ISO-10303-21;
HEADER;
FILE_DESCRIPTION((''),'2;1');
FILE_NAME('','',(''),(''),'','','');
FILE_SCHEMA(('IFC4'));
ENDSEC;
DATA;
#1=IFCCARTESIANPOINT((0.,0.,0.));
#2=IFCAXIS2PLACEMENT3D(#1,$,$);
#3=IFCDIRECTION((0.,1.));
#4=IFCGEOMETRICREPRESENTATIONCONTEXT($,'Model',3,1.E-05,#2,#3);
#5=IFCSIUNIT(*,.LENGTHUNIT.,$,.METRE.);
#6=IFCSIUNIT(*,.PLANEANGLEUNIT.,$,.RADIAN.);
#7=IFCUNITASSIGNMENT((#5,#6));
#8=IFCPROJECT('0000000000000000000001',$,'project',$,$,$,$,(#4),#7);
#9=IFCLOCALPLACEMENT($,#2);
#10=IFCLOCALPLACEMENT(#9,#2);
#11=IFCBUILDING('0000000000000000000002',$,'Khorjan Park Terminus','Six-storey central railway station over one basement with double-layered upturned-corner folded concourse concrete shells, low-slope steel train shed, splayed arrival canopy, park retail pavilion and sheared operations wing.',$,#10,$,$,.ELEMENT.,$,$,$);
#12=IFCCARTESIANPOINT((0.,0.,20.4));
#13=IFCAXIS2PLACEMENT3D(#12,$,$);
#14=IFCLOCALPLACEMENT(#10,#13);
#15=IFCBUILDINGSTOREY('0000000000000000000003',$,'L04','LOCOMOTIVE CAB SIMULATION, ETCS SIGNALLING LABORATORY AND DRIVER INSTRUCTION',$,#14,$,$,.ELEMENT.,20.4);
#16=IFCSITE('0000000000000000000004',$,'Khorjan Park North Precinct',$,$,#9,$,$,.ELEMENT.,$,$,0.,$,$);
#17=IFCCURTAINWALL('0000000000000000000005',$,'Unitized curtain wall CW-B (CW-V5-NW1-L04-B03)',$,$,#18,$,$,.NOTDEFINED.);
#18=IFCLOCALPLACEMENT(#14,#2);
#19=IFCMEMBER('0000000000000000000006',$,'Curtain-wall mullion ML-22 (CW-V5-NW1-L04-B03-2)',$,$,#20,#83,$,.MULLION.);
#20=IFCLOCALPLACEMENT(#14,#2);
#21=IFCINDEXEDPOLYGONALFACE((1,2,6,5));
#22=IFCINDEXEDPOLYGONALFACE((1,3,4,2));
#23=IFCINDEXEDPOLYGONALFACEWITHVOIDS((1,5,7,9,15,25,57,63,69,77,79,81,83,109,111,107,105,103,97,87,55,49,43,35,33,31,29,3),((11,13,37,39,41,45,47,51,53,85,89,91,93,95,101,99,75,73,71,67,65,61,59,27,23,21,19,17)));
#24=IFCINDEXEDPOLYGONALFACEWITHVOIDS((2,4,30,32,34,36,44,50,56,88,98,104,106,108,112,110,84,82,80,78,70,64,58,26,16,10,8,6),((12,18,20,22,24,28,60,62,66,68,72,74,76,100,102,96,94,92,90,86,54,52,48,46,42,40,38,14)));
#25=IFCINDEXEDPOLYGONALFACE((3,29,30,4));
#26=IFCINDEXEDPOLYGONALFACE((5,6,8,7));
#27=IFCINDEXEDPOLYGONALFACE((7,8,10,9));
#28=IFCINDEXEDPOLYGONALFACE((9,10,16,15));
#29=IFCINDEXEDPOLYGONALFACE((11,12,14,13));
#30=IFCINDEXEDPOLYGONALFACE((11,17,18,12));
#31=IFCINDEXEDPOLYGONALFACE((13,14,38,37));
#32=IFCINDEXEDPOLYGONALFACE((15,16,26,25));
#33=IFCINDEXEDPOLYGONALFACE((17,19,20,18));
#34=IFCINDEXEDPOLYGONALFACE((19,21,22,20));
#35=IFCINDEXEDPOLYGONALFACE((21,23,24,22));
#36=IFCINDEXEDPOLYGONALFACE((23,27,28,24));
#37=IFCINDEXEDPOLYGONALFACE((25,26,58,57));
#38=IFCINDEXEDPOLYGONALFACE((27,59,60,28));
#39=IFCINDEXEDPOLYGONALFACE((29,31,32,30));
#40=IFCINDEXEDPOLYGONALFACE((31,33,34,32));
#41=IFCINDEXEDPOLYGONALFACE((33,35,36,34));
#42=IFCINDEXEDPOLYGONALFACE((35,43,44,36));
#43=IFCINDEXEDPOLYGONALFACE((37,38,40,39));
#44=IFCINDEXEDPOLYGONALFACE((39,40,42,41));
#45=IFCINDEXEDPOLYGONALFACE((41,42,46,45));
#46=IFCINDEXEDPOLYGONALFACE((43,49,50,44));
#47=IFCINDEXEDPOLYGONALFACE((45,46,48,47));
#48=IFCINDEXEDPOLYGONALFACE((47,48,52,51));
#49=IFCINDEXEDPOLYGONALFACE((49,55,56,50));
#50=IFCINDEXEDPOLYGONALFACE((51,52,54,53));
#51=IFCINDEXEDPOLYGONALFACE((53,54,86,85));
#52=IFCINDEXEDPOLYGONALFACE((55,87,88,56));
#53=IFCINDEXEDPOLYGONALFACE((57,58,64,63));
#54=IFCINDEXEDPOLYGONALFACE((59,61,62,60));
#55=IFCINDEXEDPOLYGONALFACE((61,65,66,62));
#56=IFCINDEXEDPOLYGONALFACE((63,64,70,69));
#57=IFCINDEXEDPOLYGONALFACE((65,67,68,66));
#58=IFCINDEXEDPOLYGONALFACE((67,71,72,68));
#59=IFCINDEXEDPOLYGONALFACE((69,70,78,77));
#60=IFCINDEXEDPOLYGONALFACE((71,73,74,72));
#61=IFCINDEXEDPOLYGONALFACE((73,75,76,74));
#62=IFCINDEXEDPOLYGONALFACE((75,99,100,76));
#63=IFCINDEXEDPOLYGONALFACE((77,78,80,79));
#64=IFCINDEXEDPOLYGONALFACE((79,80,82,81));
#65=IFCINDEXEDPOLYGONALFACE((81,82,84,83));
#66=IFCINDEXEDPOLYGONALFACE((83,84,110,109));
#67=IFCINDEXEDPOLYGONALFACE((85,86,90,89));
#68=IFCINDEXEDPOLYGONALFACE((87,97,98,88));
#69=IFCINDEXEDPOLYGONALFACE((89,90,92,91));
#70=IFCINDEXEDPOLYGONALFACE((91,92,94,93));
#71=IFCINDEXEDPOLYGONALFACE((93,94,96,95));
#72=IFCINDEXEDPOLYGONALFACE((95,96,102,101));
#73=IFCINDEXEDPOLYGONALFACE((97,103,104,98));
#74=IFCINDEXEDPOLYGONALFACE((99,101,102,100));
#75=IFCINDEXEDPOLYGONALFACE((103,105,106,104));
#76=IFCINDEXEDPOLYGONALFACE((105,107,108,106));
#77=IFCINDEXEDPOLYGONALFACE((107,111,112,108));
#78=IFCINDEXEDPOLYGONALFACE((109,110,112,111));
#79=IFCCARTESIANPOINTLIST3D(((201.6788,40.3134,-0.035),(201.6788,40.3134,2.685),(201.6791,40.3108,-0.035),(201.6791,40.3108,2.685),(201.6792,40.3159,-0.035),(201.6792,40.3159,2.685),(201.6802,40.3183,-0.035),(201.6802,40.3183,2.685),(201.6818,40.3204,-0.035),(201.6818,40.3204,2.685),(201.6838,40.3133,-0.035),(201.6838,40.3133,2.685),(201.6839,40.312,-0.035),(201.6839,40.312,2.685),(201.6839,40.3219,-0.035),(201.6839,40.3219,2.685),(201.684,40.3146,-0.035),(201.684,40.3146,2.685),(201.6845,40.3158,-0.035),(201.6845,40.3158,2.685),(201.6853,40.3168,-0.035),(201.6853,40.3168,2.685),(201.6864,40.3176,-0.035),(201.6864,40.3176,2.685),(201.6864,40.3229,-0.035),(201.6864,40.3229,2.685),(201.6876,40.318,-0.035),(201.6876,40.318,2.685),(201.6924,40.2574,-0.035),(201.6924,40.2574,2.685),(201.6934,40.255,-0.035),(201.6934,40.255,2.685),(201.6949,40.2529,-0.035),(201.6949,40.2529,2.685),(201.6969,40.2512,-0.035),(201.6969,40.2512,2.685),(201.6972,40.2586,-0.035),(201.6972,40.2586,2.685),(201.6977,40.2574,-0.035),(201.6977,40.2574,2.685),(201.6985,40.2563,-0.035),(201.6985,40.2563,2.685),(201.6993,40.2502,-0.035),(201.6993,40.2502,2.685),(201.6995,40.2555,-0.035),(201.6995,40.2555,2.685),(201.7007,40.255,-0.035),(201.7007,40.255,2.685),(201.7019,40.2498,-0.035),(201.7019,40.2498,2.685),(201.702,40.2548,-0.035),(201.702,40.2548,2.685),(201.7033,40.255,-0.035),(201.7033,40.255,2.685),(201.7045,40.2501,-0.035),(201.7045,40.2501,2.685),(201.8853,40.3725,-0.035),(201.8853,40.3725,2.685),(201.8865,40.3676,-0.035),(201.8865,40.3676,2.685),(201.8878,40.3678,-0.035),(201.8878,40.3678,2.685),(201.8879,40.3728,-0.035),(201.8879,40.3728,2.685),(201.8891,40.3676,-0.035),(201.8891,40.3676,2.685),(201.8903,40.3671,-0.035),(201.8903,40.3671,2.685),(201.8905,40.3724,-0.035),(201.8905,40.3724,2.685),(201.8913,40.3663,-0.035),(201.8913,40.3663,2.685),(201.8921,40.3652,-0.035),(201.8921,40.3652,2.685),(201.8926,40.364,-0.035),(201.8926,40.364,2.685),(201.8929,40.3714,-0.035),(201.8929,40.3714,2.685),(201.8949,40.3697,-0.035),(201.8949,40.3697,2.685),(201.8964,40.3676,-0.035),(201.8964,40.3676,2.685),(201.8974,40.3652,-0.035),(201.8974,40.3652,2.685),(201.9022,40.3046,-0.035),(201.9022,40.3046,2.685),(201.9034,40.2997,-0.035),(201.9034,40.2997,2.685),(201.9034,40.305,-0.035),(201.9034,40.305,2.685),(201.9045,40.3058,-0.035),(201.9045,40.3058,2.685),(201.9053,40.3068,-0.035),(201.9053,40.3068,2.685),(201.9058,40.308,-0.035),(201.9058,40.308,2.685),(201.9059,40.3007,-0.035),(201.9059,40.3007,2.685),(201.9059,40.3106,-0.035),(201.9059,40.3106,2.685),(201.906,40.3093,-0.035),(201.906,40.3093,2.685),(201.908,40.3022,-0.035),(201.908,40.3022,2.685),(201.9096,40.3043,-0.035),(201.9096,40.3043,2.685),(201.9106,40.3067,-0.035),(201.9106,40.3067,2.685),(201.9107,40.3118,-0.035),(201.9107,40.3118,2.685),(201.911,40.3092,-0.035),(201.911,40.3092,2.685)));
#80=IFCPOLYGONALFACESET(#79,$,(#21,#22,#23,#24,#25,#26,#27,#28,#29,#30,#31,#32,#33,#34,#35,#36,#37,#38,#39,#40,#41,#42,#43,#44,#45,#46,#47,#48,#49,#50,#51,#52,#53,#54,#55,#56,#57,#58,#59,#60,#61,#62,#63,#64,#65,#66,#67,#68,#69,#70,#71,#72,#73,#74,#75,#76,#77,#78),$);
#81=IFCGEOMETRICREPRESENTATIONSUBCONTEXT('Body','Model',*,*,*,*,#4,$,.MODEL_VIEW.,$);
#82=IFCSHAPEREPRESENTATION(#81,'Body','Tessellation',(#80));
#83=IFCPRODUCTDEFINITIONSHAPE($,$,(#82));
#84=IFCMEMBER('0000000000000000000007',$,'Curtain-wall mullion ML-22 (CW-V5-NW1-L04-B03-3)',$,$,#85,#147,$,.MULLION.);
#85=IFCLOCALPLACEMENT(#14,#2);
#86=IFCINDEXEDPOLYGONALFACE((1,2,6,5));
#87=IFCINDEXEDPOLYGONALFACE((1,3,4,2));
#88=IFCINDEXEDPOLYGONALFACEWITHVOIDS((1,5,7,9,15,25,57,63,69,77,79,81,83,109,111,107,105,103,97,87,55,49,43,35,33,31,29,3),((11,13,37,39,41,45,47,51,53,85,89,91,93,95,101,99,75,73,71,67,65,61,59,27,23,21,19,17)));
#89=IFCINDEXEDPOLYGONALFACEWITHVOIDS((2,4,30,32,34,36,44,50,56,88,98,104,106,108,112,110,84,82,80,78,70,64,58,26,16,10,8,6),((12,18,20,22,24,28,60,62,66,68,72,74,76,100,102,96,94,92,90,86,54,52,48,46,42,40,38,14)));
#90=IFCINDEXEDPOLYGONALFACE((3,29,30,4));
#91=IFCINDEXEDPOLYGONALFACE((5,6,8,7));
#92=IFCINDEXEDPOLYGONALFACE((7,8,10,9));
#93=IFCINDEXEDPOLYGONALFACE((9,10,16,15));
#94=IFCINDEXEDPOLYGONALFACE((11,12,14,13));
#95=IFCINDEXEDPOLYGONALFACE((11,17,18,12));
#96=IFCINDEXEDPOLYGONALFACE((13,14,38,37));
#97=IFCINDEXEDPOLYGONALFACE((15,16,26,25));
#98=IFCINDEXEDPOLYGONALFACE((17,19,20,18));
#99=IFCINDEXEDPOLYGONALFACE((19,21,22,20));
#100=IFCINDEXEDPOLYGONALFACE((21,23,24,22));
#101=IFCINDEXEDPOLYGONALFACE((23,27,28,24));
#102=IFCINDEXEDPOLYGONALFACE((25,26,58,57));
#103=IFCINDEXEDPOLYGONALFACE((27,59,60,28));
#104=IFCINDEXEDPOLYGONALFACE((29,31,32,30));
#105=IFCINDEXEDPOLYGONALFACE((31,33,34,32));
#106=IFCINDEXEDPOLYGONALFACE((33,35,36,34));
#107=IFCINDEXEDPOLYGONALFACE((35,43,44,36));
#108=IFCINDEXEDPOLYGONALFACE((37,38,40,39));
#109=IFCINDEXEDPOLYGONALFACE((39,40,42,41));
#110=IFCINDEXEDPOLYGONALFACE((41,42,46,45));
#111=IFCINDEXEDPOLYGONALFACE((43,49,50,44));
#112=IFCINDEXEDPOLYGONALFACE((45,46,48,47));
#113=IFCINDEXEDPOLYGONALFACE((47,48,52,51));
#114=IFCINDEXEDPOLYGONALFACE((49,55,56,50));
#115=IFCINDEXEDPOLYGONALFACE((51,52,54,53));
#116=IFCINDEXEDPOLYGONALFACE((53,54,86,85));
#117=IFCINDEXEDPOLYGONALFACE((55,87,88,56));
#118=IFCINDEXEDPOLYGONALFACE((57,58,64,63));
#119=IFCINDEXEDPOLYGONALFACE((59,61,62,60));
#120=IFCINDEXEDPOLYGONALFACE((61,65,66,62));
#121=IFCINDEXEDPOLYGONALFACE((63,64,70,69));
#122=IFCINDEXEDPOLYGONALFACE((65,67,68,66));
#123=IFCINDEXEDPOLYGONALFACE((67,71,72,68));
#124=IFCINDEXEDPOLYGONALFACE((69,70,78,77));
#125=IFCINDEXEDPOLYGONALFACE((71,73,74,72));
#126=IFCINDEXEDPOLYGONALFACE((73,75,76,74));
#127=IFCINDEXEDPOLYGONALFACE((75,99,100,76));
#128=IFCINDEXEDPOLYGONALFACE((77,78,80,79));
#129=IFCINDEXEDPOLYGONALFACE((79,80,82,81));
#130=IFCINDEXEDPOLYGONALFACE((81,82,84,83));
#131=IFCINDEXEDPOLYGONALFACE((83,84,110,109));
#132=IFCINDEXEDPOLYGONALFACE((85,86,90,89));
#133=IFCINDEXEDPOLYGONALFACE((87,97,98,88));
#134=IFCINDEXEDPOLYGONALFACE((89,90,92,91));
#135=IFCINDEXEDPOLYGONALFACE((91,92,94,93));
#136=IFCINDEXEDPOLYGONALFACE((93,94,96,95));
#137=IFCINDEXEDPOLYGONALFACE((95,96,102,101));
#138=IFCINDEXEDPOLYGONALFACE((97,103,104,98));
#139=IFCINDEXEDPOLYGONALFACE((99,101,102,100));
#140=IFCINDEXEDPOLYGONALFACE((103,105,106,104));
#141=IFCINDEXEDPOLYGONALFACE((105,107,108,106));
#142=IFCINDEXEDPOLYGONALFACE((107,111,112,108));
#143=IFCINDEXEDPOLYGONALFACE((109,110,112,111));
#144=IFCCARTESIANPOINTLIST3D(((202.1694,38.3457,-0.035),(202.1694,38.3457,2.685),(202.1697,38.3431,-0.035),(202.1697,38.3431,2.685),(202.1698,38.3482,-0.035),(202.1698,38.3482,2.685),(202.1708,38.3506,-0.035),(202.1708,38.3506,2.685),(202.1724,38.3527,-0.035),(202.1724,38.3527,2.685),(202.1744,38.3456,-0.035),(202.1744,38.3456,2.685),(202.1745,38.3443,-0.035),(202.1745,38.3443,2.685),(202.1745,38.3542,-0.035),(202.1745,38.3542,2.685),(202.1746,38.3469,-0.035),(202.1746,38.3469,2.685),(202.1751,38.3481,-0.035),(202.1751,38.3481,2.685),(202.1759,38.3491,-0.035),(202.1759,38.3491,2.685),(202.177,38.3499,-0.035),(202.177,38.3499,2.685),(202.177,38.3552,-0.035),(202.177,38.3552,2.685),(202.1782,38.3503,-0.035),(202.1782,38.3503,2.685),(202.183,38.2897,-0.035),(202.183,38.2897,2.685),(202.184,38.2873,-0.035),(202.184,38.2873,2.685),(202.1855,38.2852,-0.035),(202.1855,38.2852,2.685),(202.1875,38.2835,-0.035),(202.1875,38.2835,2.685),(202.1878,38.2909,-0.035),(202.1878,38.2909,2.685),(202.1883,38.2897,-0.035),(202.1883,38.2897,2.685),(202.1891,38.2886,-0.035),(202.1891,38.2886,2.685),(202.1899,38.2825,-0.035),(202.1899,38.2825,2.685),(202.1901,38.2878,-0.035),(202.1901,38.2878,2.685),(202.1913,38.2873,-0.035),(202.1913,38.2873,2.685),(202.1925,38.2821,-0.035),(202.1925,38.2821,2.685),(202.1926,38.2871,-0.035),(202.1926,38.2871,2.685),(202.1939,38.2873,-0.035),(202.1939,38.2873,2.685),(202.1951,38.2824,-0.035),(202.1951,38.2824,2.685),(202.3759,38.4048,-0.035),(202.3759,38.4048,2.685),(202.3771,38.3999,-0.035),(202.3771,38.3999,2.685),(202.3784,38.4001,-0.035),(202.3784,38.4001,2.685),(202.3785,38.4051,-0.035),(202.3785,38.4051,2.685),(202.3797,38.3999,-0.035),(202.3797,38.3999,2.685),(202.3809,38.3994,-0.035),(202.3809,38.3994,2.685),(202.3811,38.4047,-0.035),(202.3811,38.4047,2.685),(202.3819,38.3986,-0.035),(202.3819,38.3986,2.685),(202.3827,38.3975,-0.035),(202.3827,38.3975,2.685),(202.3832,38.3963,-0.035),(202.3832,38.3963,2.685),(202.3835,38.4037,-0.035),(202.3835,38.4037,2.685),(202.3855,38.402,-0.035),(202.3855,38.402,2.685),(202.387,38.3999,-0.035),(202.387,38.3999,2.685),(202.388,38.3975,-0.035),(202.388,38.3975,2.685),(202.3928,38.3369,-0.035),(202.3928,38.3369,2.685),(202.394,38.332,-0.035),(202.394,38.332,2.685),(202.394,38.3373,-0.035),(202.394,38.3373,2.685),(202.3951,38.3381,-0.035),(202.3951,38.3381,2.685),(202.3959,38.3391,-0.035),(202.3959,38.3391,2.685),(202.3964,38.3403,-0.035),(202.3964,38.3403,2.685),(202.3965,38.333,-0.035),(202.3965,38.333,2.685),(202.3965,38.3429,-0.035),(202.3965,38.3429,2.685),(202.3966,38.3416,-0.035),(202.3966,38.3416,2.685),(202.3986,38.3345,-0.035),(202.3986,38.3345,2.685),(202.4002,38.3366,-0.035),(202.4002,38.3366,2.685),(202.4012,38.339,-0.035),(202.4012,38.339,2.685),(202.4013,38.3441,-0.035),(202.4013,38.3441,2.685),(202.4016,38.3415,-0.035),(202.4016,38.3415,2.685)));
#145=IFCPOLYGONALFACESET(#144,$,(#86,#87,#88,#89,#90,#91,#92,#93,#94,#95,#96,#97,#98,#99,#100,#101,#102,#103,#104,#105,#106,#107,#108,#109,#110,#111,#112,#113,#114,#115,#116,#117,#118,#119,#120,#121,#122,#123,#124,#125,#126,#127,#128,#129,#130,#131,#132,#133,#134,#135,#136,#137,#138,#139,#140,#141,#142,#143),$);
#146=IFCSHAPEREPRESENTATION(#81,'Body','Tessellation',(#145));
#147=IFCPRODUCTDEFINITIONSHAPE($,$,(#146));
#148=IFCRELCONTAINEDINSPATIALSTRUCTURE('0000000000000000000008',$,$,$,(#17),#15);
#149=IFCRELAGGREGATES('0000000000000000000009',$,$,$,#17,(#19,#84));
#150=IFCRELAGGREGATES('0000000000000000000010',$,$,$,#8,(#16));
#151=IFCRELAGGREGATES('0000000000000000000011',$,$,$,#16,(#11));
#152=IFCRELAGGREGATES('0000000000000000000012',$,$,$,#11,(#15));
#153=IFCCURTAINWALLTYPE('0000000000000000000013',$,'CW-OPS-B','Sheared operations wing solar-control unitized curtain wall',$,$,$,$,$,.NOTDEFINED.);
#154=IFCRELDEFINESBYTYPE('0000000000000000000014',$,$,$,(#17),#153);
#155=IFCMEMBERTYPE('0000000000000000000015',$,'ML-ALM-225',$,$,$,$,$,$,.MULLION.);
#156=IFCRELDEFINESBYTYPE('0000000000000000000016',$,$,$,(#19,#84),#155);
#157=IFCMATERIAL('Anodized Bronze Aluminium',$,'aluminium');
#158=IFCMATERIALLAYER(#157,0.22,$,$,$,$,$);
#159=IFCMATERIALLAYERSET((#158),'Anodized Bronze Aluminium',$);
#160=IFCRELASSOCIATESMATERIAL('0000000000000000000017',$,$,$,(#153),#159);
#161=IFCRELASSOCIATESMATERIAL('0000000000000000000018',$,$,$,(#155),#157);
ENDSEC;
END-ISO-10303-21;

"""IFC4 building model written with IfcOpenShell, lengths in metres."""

from ifc_helpers import new_model, si_unit, direction, frame, origin, origin_2d, place, context, subcontext, project, spatial, hollow_rectangle, extrude, material, layer, layer_set, material_profile, profile_set, type_object, element, aggregate, save


model = new_model("IFC4")

# Units and contexts
model_context = context("Model", 3, precision=1e-05, world=origin(), true_north=direction((0.0, 1.0)))
body_context = subcontext(model_context, "Body", "Model", "MODEL_VIEW")
ifc_project = project(units=[si_unit("LENGTHUNIT", "METRE"), si_unit("PLANEANGLEUNIT", "RADIAN")], contexts=[model_context])

# Site, building, storey
site_placement = place(None, origin())
site = spatial("IfcSite", under=ifc_project, at=site_placement, Name="Khorjan Park North Precinct", CompositionType="ELEMENT", RefElevation=0.0)
building_placement = place(site_placement, origin())
building = spatial("IfcBuilding", under=site, at=building_placement, Name="Khorjan Park Terminus", Description="Six-storey central railway station over one basement with double-layered upturned-corner folded concourse concrete shells, low-slope steel train shed, splayed arrival canopy, park retail pavilion and sheared operations wing.", CompositionType="ELEMENT")
storey_placement = place(building_placement, frame((0.0, 0.0, 20.4)))
storey = spatial("IfcBuildingStorey", under=building, at=storey_placement, Name="L04", Description="LOCOMOTIVE CAB SIMULATION, ETCS SIGNALLING LABORATORY AND DRIVER INSTRUCTION", CompositionType="ELEMENT", Elevation=20.4)

# Curtain wall, members
ifc_material_1 = material(Name="Anodized Bronze Aluminium", Category="aluminium")
ifc_layer_1 = layer(ifc_material_1, 0.22)
ifc_layer_set_1 = layer_set([ifc_layer_1], Name="Anodized Bronze Aluminium")
curtain_wall_type = type_object("IfcCurtainWallType", Name="CW-OPS-B", Description="Sheared operations wing solar-control unitized curtain wall", PredefinedType="NOTDEFINED", material=ifc_layer_set_1)
curtain_wall_1_placement = place(storey_placement, origin())
curtain_wall_1 = element("IfcCurtainWall", 1, at=curtain_wall_1_placement, inside=storey, type_object=curtain_wall_type, Name="Unitized curtain wall CW-B (CW-V5-NW1-L04-B03)", PredefinedType="NOTDEFINED")
ifc_material_profile_1 = material_profile(ifc_material_1, hollow_rectangle(XDim=0.075, YDim=0.225, WallThickness=0.005, InnerFilletRadius=0.005, OuterFilletRadius=0.01, at=origin_2d()), Name="ALM 75x225x5")
ifc_profile_set_1 = profile_set([ifc_material_profile_1], Name="Anodized Bronze Aluminium")
member_type_1 = type_object("IfcMemberType", Name="ML-ALM-225", PredefinedType="MULLION", material=ifc_profile_set_1)
member_1_placement = place(storey_placement, frame((201.7949, 40.3113, -0.035), z_axis=(0.0, 0.0, 1.0), x_axis=(0.241921, -0.970296, 0.0)))
member_1 = element("IfcMember", 2, at=member_1_placement, type_object=member_type_1, Name="Curtain-wall mullion ML-22 (CW-V5-NW1-L04-B03-2)", PredefinedType="MULLION", context=body_context, shape_type="SweptSolid", body=[
    extrude(hollow_rectangle(XDim=0.075, YDim=0.225, WallThickness=0.005, InnerFilletRadius=0.005, OuterFilletRadius=0.01, at=origin_2d()), origin(), (0.0, 0.0, 1.0), 2.72),
])
member_2_placement = place(storey_placement, frame((202.2855, 38.3436, -0.035), z_axis=(0.0, 0.0, 1.0), x_axis=(0.241921, -0.970296, 0.0)))
member_2 = element("IfcMember", 3, at=member_2_placement, type_object=member_type_1, Name="Curtain-wall mullion ML-22 (CW-V5-NW1-L04-B03-3)", PredefinedType="MULLION", context=body_context, shape_type="SweptSolid", body=[
    extrude(hollow_rectangle(XDim=0.075, YDim=0.225, WallThickness=0.005, InnerFilletRadius=0.005, OuterFilletRadius=0.01, at=origin_2d()), origin(), (0.0, 0.0, 1.0), 2.72),
])

aggregate(curtain_wall_1, [member_1, member_2])

save(model, "model.ifc")
